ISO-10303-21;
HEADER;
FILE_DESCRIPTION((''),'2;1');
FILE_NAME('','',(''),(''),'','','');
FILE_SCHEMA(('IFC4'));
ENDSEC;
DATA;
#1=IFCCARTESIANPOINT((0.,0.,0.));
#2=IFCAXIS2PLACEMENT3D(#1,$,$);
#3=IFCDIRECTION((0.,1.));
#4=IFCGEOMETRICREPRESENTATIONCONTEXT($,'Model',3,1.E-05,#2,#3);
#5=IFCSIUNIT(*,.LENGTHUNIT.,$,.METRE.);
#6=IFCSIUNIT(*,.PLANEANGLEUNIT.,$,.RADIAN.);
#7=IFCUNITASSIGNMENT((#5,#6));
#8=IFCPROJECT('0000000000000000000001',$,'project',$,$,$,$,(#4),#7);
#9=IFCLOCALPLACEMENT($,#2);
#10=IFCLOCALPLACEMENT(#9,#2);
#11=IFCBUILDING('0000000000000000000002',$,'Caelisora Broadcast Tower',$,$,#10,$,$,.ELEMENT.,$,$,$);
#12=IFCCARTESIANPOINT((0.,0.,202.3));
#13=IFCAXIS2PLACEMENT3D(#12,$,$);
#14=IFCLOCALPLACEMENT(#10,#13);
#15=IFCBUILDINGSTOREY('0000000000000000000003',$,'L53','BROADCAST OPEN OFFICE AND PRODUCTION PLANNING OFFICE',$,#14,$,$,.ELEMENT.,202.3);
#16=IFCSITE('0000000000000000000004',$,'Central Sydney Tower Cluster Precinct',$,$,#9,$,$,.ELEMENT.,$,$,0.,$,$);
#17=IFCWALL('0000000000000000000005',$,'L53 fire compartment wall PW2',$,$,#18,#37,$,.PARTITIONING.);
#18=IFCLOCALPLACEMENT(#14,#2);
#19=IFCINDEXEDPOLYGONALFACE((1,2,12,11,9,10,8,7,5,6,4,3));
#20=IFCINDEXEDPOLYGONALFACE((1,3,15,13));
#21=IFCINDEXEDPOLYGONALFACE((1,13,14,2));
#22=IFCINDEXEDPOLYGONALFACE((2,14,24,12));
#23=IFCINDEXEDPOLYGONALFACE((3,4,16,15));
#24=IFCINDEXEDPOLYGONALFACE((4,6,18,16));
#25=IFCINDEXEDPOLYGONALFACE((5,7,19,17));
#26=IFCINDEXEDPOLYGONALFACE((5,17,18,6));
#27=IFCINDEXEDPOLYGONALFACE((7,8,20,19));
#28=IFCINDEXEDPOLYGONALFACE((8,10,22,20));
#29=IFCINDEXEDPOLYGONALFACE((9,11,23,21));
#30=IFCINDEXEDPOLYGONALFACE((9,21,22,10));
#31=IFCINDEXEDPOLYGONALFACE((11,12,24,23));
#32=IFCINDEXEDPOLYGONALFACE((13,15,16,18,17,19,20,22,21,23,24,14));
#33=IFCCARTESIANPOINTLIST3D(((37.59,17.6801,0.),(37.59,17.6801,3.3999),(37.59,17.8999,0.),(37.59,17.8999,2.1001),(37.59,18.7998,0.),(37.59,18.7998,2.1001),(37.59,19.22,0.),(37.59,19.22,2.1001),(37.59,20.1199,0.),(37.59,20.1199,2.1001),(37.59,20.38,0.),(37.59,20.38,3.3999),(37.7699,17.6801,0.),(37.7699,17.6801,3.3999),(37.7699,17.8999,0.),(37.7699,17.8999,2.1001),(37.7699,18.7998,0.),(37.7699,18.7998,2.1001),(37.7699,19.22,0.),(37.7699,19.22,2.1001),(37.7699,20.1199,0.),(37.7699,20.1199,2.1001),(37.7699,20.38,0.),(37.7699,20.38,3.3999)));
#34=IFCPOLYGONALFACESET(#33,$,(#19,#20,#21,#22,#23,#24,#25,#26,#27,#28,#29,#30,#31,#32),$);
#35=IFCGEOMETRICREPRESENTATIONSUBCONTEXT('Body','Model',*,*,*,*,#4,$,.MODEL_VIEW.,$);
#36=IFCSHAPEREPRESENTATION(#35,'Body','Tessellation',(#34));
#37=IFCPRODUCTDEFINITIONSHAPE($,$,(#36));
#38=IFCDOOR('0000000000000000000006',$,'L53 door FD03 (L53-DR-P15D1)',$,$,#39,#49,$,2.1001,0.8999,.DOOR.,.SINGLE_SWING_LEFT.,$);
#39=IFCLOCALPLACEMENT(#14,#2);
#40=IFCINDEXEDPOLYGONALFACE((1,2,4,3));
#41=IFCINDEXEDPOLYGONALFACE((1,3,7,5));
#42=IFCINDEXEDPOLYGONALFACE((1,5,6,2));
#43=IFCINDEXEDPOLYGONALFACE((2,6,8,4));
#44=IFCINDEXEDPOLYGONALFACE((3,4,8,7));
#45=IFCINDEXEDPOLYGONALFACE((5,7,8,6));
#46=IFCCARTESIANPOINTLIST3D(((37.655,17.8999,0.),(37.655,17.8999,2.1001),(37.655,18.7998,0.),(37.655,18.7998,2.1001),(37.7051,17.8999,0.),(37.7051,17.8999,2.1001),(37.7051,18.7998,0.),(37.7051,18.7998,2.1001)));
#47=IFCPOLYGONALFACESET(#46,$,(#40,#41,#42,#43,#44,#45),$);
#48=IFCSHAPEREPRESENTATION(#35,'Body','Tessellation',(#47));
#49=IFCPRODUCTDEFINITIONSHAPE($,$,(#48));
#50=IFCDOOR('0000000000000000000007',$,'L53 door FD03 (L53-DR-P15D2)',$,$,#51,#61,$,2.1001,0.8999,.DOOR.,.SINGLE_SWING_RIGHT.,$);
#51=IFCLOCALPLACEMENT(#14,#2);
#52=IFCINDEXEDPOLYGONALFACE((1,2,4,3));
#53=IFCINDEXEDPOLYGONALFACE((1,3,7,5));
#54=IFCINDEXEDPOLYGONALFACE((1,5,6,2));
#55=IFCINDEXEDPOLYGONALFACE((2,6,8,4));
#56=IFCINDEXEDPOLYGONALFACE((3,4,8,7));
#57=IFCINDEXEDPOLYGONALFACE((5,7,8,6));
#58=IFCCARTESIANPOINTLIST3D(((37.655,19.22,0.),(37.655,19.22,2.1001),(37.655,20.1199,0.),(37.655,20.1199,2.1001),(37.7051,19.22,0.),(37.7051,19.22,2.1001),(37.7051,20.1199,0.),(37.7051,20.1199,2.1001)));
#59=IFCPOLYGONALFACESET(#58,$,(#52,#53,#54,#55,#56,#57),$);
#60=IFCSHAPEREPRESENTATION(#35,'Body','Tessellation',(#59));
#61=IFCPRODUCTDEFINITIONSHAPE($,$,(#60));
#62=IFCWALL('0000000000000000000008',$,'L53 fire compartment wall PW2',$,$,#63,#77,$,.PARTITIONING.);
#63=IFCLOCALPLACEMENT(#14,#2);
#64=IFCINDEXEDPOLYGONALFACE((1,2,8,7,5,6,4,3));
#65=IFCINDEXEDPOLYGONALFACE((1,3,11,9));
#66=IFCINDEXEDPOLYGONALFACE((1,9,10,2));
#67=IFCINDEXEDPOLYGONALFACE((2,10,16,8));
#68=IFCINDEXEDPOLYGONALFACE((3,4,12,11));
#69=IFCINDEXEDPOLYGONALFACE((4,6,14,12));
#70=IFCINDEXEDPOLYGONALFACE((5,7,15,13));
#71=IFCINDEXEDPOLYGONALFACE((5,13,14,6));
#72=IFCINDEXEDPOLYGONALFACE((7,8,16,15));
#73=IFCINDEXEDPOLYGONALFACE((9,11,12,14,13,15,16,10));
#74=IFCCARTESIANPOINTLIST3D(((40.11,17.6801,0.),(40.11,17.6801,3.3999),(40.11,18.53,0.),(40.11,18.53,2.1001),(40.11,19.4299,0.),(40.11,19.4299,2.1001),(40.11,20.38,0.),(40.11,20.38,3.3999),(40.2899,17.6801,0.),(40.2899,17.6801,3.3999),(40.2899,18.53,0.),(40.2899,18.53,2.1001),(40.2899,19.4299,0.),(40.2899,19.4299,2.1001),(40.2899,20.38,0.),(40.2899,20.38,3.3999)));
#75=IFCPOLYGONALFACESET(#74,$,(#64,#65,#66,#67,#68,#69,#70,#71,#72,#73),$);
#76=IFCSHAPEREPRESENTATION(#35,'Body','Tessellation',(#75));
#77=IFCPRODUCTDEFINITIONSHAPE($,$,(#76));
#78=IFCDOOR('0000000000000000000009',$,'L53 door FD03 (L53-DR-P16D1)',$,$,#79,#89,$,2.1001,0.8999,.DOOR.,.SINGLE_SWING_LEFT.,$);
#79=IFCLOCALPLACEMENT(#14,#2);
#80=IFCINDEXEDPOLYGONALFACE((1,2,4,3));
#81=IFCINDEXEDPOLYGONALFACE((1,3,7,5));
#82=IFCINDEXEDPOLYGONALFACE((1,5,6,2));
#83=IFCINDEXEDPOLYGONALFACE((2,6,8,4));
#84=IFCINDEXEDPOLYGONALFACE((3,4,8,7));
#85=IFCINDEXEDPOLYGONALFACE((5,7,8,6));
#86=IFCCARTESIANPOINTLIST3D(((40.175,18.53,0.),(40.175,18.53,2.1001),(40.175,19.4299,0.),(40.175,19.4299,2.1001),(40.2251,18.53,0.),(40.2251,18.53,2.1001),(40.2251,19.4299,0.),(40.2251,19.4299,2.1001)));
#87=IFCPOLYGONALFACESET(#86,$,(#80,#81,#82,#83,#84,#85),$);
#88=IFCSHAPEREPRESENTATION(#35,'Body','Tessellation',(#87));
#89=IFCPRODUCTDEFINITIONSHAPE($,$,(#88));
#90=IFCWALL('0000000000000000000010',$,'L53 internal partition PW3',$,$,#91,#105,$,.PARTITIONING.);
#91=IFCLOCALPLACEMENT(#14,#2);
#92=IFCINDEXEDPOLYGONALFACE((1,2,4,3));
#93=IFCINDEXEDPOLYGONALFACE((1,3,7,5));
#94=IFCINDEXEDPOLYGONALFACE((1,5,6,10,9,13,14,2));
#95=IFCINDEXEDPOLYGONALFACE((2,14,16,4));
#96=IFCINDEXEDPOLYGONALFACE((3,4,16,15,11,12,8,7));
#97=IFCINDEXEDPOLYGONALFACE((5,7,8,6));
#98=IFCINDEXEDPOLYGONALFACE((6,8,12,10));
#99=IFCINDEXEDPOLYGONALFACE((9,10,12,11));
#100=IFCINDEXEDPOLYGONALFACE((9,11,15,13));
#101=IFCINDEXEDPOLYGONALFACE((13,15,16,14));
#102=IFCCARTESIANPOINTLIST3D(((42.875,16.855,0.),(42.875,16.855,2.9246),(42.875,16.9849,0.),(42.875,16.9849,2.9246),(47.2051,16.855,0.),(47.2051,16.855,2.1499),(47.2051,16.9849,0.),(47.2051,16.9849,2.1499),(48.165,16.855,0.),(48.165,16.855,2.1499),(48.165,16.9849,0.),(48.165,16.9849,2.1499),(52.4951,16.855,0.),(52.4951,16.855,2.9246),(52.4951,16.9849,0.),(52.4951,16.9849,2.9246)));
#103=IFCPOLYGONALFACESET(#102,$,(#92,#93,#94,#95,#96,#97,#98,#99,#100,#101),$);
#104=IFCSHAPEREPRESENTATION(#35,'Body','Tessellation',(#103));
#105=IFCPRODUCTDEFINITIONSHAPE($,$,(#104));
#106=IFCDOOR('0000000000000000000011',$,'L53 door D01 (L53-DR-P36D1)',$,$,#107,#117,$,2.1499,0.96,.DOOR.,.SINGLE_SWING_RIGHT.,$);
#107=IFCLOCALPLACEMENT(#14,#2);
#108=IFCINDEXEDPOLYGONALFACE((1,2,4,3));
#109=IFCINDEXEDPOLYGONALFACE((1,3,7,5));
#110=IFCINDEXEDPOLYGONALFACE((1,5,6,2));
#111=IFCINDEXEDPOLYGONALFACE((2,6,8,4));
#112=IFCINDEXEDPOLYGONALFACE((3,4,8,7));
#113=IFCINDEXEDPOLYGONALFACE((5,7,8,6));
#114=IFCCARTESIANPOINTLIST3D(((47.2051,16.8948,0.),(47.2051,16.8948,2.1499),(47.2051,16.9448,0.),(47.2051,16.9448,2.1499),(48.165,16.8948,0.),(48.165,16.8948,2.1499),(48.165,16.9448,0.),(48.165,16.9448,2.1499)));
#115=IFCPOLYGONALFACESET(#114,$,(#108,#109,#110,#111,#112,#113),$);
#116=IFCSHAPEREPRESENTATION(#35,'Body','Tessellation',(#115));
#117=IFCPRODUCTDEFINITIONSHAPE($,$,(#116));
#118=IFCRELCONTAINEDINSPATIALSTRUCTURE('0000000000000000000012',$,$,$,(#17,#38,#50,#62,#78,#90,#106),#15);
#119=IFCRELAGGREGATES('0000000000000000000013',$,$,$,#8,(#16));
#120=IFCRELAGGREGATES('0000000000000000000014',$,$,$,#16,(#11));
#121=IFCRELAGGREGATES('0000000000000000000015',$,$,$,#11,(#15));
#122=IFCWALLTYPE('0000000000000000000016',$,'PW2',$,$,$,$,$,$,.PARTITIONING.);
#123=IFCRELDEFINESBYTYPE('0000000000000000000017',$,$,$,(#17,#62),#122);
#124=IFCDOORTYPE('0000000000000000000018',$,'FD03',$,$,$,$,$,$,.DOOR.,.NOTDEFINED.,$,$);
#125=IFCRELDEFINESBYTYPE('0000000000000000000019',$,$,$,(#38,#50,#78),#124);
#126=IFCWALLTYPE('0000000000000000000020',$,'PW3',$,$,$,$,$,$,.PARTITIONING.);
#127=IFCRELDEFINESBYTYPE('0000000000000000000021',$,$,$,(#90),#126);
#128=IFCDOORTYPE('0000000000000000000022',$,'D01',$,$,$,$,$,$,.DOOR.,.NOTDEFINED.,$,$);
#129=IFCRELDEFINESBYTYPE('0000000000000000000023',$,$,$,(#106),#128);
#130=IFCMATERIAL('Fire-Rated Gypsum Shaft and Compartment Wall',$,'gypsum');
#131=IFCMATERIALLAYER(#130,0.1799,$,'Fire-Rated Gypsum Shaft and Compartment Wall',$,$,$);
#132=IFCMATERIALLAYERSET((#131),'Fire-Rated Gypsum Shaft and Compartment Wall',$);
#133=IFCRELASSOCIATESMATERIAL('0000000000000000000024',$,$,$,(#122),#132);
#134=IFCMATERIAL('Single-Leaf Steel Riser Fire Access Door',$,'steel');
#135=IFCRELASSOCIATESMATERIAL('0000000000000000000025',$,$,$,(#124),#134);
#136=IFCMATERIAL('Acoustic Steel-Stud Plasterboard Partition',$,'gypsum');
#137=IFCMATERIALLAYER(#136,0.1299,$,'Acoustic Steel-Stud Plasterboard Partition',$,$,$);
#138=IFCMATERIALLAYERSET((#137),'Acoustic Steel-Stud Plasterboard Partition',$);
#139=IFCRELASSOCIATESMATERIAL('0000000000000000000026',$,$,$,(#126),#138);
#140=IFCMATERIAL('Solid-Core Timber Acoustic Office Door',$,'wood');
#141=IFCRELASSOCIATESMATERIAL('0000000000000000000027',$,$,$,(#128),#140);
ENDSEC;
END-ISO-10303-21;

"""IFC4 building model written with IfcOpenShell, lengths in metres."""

from ifc_helpers import new_model, si_unit, direction, frame, frame_2d, origin, place, context, subcontext, project, spatial, rectangle, extrude, material, layer, layer_set, type_object, element, fill, save


model = new_model("IFC4")

# Units and contexts
model_context = context("Model", 3, precision=1e-05, world=origin(), true_north=direction((0.0, 1.0)))
body_context = subcontext(model_context, "Body", "Model", "MODEL_VIEW")
ifc_project = project(units=[si_unit("LENGTHUNIT", "METRE"), si_unit("PLANEANGLEUNIT", "RADIAN")], contexts=[model_context])

# Site, building, storey
site_placement = place(None, origin())
site = spatial("IfcSite", under=ifc_project, at=site_placement, Name="Central Sydney Tower Cluster Precinct", CompositionType="ELEMENT", RefElevation=0.0)
building_placement = place(site_placement, origin())
building = spatial("IfcBuilding", under=site, at=building_placement, Name="Caelisora Broadcast Tower", CompositionType="ELEMENT")
storey_placement = place(building_placement, frame((0.0, 0.0, 202.3)))
storey = spatial("IfcBuildingStorey", under=building, at=storey_placement, Name="L53", Description="BROADCAST OPEN OFFICE AND PRODUCTION PLANNING OFFICE", CompositionType="ELEMENT", Elevation=202.3)

# Wall, openings, doors
ifc_material_1 = material(Name="Fire-Rated Gypsum Shaft and Compartment Wall", Category="gypsum")
ifc_layer_1 = layer(ifc_material_1, 0.1799, Name="Fire-Rated Gypsum Shaft and Compartment Wall")
ifc_layer_set_1 = layer_set([ifc_layer_1], Name="Fire-Rated Gypsum Shaft and Compartment Wall")
wall_type_1 = type_object("IfcWallType", Name="PW2", PredefinedType="PARTITIONING", material=ifc_layer_set_1)
wall_1_placement = place(storey_placement, frame((37.6799, 17.6799, 0.0), z_axis=(0.0, 0.0, 1.0), x_axis=(0.0, 1.0, 0.0)))
wall_1 = element("IfcWall", 1, at=wall_1_placement, inside=storey, type_object=wall_type_1, Name="L53 fire compartment wall PW2", PredefinedType="PARTITIONING", context=body_context, shape_type="SweptSolid", body=[
    extrude(rectangle(XDim=2.7, YDim=0.1799, at=frame_2d((1.3501, 0.0))), origin(), (0.0, 0.0, 1.0), 3.3999),
])
opening_1_placement = place(wall_1_placement, frame((0.22, 0.0, 0.0)))
opening_1 = element("IfcOpeningElement", 2, at=opening_1_placement, cuts=wall_1, PredefinedType="OPENING", context=body_context, shape_type="SweptSolid", body=[
    extrude(rectangle(XDim=0.8999, YDim=2.1001, at=frame_2d((0.45, 1.05))), frame((0.0, 0.1021, 0.0), z_axis=(0.0, -1.0, 0.0), x_axis=(1.0, 0.0, 0.0)), (0.0, 0.0, 1.0), 0.2039),
])
opening_2_placement = place(wall_1_placement, frame((1.54, 0.0, 0.0)))
opening_2 = element("IfcOpeningElement", 3, at=opening_2_placement, cuts=wall_1, PredefinedType="OPENING", context=body_context, shape_type="SweptSolid", body=[
    extrude(rectangle(XDim=0.8999, YDim=2.1001, at=frame_2d((0.45, 1.05))), frame((0.0, 0.1021, 0.0), z_axis=(0.0, -1.0, 0.0), x_axis=(1.0, 0.0, 0.0)), (0.0, 0.0, 1.0), 0.2039),
])
ifc_material_2 = material(Name="Single-Leaf Steel Riser Fire Access Door", Category="steel")
door_type_1 = type_object("IfcDoorType", Name="FD03", OperationType="NOTDEFINED", PredefinedType="DOOR", material=ifc_material_2)
door_1_placement = place(opening_1_placement, origin())
door_1 = element("IfcDoor", 4, at=door_1_placement, inside=storey, type_object=door_type_1, Name="L53 door FD03 (L53-DR-P15D1)", OperationType="SINGLE_SWING_LEFT", OverallHeight=2.1001, OverallWidth=0.8999, PredefinedType="DOOR", context=body_context, shape_type="SweptSolid", body=[
    extrude(rectangle(XDim=0.8999, YDim=2.1001, at=frame_2d((0.45, 1.05))), frame((0.0, 0.0249, 0.0), z_axis=(0.0, -1.0, 0.0), x_axis=(1.0, 0.0, 0.0)), (0.0, 0.0, 1.0), 0.05),
])
fill(opening_1, door_1)
door_2_placement = place(opening_2_placement, origin())
door_2 = element("IfcDoor", 5, at=door_2_placement, inside=storey, type_object=door_type_1, Name="L53 door FD03 (L53-DR-P15D2)", OperationType="SINGLE_SWING_RIGHT", OverallHeight=2.1001, OverallWidth=0.8999, PredefinedType="DOOR", context=body_context, shape_type="SweptSolid", body=[
    extrude(rectangle(XDim=0.8999, YDim=2.1001, at=frame_2d((0.45, 1.05))), frame((0.0, 0.0249, 0.0), z_axis=(0.0, -1.0, 0.0), x_axis=(1.0, 0.0, 0.0)), (0.0, 0.0, 1.0), 0.05),
])
fill(opening_2, door_2)

# Walls, openings, doors
wall_2_placement = place(storey_placement, frame((40.2, 17.6799, 0.0), z_axis=(0.0, 0.0, 1.0), x_axis=(0.0, 1.0, 0.0)))
wall_2 = element("IfcWall", 6, at=wall_2_placement, inside=storey, type_object=wall_type_1, Name="L53 fire compartment wall PW2", PredefinedType="PARTITIONING", context=body_context, shape_type="SweptSolid", body=[
    extrude(rectangle(XDim=2.7, YDim=0.1799, at=frame_2d((1.3501, 0.0))), origin(), (0.0, 0.0, 1.0), 3.3999),
])
opening_3_placement = place(wall_2_placement, frame((0.8501, 0.0, 0.0)))
opening_3 = element("IfcOpeningElement", 7, at=opening_3_placement, cuts=wall_2, PredefinedType="OPENING", context=body_context, shape_type="SweptSolid", body=[
    extrude(rectangle(XDim=0.8999, YDim=2.1001, at=frame_2d((0.45, 1.05))), frame((0.0, 0.1021, 0.0), z_axis=(0.0, -1.0, 0.0), x_axis=(1.0, 0.0, 0.0)), (0.0, 0.0, 1.0), 0.2039),
])
door_3_placement = place(opening_3_placement, origin())
door_3 = element("IfcDoor", 8, at=door_3_placement, inside=storey, type_object=door_type_1, Name="L53 door FD03 (L53-DR-P16D1)", OperationType="SINGLE_SWING_LEFT", OverallHeight=2.1001, OverallWidth=0.8999, PredefinedType="DOOR", context=body_context, shape_type="SweptSolid", body=[
    extrude(rectangle(XDim=0.8999, YDim=2.1001, at=frame_2d((0.45, 1.05))), frame((0.0, 0.0249, 0.0), z_axis=(0.0, -1.0, 0.0), x_axis=(1.0, 0.0, 0.0)), (0.0, 0.0, 1.0), 0.05),
])
fill(opening_3, door_3)
ifc_material_3 = material(Name="Acoustic Steel-Stud Plasterboard Partition", Category="gypsum")
ifc_layer_2 = layer(ifc_material_3, 0.1299, Name="Acoustic Steel-Stud Plasterboard Partition")
ifc_layer_set_2 = layer_set([ifc_layer_2], Name="Acoustic Steel-Stud Plasterboard Partition")
wall_type_2 = type_object("IfcWallType", Name="PW3", PredefinedType="PARTITIONING", material=ifc_layer_set_2)
wall_3_placement = place(storey_placement, frame((42.875, 16.9199, 0.0), z_axis=(0.0, 0.0, 1.0), x_axis=(1.0, 0.0, 0.0)))
wall_3 = element("IfcWall", 9, at=wall_3_placement, inside=storey, type_object=wall_type_2, Name="L53 internal partition PW3", PredefinedType="PARTITIONING", context=body_context, shape_type="SweptSolid", body=[
    extrude(rectangle(XDim=9.6201, YDim=0.1299, at=frame_2d((4.8101, 0.0))), origin(), (0.0, 0.0, 1.0), 2.9246),
])
opening_4_placement = place(wall_3_placement, frame((4.3301, 0.0, 0.0)))
opening_4 = element("IfcOpeningElement", 10, at=opening_4_placement, cuts=wall_3, PredefinedType="OPENING", context=body_context, shape_type="SweptSolid", body=[
    extrude(rectangle(XDim=0.96, YDim=2.1499, at=frame_2d((0.48, 1.075))), frame((0.0, 0.0769, 0.0), z_axis=(0.0, -1.0, 0.0), x_axis=(1.0, 0.0, 0.0)), (0.0, 0.0, 1.0), 0.1538),
])
ifc_material_4 = material(Name="Solid-Core Timber Acoustic Office Door", Category="wood")
door_type_2 = type_object("IfcDoorType", Name="D01", OperationType="NOTDEFINED", PredefinedType="DOOR", material=ifc_material_4)
door_4_placement = place(opening_4_placement, origin())
door_4 = element("IfcDoor", 11, at=door_4_placement, inside=storey, type_object=door_type_2, Name="L53 door D01 (L53-DR-P36D1)", OperationType="SINGLE_SWING_RIGHT", OverallHeight=2.1499, OverallWidth=0.96, PredefinedType="DOOR", context=body_context, shape_type="SweptSolid", body=[
    extrude(rectangle(XDim=0.96, YDim=2.1499, at=frame_2d((0.48, 1.075))), frame((0.0, 0.0249, 0.0), z_axis=(0.0, -1.0, 0.0), x_axis=(1.0, 0.0, 0.0)), (0.0, 0.0, 1.0), 0.05),
])
fill(opening_4, door_4)

save(model, "model.ifc")
